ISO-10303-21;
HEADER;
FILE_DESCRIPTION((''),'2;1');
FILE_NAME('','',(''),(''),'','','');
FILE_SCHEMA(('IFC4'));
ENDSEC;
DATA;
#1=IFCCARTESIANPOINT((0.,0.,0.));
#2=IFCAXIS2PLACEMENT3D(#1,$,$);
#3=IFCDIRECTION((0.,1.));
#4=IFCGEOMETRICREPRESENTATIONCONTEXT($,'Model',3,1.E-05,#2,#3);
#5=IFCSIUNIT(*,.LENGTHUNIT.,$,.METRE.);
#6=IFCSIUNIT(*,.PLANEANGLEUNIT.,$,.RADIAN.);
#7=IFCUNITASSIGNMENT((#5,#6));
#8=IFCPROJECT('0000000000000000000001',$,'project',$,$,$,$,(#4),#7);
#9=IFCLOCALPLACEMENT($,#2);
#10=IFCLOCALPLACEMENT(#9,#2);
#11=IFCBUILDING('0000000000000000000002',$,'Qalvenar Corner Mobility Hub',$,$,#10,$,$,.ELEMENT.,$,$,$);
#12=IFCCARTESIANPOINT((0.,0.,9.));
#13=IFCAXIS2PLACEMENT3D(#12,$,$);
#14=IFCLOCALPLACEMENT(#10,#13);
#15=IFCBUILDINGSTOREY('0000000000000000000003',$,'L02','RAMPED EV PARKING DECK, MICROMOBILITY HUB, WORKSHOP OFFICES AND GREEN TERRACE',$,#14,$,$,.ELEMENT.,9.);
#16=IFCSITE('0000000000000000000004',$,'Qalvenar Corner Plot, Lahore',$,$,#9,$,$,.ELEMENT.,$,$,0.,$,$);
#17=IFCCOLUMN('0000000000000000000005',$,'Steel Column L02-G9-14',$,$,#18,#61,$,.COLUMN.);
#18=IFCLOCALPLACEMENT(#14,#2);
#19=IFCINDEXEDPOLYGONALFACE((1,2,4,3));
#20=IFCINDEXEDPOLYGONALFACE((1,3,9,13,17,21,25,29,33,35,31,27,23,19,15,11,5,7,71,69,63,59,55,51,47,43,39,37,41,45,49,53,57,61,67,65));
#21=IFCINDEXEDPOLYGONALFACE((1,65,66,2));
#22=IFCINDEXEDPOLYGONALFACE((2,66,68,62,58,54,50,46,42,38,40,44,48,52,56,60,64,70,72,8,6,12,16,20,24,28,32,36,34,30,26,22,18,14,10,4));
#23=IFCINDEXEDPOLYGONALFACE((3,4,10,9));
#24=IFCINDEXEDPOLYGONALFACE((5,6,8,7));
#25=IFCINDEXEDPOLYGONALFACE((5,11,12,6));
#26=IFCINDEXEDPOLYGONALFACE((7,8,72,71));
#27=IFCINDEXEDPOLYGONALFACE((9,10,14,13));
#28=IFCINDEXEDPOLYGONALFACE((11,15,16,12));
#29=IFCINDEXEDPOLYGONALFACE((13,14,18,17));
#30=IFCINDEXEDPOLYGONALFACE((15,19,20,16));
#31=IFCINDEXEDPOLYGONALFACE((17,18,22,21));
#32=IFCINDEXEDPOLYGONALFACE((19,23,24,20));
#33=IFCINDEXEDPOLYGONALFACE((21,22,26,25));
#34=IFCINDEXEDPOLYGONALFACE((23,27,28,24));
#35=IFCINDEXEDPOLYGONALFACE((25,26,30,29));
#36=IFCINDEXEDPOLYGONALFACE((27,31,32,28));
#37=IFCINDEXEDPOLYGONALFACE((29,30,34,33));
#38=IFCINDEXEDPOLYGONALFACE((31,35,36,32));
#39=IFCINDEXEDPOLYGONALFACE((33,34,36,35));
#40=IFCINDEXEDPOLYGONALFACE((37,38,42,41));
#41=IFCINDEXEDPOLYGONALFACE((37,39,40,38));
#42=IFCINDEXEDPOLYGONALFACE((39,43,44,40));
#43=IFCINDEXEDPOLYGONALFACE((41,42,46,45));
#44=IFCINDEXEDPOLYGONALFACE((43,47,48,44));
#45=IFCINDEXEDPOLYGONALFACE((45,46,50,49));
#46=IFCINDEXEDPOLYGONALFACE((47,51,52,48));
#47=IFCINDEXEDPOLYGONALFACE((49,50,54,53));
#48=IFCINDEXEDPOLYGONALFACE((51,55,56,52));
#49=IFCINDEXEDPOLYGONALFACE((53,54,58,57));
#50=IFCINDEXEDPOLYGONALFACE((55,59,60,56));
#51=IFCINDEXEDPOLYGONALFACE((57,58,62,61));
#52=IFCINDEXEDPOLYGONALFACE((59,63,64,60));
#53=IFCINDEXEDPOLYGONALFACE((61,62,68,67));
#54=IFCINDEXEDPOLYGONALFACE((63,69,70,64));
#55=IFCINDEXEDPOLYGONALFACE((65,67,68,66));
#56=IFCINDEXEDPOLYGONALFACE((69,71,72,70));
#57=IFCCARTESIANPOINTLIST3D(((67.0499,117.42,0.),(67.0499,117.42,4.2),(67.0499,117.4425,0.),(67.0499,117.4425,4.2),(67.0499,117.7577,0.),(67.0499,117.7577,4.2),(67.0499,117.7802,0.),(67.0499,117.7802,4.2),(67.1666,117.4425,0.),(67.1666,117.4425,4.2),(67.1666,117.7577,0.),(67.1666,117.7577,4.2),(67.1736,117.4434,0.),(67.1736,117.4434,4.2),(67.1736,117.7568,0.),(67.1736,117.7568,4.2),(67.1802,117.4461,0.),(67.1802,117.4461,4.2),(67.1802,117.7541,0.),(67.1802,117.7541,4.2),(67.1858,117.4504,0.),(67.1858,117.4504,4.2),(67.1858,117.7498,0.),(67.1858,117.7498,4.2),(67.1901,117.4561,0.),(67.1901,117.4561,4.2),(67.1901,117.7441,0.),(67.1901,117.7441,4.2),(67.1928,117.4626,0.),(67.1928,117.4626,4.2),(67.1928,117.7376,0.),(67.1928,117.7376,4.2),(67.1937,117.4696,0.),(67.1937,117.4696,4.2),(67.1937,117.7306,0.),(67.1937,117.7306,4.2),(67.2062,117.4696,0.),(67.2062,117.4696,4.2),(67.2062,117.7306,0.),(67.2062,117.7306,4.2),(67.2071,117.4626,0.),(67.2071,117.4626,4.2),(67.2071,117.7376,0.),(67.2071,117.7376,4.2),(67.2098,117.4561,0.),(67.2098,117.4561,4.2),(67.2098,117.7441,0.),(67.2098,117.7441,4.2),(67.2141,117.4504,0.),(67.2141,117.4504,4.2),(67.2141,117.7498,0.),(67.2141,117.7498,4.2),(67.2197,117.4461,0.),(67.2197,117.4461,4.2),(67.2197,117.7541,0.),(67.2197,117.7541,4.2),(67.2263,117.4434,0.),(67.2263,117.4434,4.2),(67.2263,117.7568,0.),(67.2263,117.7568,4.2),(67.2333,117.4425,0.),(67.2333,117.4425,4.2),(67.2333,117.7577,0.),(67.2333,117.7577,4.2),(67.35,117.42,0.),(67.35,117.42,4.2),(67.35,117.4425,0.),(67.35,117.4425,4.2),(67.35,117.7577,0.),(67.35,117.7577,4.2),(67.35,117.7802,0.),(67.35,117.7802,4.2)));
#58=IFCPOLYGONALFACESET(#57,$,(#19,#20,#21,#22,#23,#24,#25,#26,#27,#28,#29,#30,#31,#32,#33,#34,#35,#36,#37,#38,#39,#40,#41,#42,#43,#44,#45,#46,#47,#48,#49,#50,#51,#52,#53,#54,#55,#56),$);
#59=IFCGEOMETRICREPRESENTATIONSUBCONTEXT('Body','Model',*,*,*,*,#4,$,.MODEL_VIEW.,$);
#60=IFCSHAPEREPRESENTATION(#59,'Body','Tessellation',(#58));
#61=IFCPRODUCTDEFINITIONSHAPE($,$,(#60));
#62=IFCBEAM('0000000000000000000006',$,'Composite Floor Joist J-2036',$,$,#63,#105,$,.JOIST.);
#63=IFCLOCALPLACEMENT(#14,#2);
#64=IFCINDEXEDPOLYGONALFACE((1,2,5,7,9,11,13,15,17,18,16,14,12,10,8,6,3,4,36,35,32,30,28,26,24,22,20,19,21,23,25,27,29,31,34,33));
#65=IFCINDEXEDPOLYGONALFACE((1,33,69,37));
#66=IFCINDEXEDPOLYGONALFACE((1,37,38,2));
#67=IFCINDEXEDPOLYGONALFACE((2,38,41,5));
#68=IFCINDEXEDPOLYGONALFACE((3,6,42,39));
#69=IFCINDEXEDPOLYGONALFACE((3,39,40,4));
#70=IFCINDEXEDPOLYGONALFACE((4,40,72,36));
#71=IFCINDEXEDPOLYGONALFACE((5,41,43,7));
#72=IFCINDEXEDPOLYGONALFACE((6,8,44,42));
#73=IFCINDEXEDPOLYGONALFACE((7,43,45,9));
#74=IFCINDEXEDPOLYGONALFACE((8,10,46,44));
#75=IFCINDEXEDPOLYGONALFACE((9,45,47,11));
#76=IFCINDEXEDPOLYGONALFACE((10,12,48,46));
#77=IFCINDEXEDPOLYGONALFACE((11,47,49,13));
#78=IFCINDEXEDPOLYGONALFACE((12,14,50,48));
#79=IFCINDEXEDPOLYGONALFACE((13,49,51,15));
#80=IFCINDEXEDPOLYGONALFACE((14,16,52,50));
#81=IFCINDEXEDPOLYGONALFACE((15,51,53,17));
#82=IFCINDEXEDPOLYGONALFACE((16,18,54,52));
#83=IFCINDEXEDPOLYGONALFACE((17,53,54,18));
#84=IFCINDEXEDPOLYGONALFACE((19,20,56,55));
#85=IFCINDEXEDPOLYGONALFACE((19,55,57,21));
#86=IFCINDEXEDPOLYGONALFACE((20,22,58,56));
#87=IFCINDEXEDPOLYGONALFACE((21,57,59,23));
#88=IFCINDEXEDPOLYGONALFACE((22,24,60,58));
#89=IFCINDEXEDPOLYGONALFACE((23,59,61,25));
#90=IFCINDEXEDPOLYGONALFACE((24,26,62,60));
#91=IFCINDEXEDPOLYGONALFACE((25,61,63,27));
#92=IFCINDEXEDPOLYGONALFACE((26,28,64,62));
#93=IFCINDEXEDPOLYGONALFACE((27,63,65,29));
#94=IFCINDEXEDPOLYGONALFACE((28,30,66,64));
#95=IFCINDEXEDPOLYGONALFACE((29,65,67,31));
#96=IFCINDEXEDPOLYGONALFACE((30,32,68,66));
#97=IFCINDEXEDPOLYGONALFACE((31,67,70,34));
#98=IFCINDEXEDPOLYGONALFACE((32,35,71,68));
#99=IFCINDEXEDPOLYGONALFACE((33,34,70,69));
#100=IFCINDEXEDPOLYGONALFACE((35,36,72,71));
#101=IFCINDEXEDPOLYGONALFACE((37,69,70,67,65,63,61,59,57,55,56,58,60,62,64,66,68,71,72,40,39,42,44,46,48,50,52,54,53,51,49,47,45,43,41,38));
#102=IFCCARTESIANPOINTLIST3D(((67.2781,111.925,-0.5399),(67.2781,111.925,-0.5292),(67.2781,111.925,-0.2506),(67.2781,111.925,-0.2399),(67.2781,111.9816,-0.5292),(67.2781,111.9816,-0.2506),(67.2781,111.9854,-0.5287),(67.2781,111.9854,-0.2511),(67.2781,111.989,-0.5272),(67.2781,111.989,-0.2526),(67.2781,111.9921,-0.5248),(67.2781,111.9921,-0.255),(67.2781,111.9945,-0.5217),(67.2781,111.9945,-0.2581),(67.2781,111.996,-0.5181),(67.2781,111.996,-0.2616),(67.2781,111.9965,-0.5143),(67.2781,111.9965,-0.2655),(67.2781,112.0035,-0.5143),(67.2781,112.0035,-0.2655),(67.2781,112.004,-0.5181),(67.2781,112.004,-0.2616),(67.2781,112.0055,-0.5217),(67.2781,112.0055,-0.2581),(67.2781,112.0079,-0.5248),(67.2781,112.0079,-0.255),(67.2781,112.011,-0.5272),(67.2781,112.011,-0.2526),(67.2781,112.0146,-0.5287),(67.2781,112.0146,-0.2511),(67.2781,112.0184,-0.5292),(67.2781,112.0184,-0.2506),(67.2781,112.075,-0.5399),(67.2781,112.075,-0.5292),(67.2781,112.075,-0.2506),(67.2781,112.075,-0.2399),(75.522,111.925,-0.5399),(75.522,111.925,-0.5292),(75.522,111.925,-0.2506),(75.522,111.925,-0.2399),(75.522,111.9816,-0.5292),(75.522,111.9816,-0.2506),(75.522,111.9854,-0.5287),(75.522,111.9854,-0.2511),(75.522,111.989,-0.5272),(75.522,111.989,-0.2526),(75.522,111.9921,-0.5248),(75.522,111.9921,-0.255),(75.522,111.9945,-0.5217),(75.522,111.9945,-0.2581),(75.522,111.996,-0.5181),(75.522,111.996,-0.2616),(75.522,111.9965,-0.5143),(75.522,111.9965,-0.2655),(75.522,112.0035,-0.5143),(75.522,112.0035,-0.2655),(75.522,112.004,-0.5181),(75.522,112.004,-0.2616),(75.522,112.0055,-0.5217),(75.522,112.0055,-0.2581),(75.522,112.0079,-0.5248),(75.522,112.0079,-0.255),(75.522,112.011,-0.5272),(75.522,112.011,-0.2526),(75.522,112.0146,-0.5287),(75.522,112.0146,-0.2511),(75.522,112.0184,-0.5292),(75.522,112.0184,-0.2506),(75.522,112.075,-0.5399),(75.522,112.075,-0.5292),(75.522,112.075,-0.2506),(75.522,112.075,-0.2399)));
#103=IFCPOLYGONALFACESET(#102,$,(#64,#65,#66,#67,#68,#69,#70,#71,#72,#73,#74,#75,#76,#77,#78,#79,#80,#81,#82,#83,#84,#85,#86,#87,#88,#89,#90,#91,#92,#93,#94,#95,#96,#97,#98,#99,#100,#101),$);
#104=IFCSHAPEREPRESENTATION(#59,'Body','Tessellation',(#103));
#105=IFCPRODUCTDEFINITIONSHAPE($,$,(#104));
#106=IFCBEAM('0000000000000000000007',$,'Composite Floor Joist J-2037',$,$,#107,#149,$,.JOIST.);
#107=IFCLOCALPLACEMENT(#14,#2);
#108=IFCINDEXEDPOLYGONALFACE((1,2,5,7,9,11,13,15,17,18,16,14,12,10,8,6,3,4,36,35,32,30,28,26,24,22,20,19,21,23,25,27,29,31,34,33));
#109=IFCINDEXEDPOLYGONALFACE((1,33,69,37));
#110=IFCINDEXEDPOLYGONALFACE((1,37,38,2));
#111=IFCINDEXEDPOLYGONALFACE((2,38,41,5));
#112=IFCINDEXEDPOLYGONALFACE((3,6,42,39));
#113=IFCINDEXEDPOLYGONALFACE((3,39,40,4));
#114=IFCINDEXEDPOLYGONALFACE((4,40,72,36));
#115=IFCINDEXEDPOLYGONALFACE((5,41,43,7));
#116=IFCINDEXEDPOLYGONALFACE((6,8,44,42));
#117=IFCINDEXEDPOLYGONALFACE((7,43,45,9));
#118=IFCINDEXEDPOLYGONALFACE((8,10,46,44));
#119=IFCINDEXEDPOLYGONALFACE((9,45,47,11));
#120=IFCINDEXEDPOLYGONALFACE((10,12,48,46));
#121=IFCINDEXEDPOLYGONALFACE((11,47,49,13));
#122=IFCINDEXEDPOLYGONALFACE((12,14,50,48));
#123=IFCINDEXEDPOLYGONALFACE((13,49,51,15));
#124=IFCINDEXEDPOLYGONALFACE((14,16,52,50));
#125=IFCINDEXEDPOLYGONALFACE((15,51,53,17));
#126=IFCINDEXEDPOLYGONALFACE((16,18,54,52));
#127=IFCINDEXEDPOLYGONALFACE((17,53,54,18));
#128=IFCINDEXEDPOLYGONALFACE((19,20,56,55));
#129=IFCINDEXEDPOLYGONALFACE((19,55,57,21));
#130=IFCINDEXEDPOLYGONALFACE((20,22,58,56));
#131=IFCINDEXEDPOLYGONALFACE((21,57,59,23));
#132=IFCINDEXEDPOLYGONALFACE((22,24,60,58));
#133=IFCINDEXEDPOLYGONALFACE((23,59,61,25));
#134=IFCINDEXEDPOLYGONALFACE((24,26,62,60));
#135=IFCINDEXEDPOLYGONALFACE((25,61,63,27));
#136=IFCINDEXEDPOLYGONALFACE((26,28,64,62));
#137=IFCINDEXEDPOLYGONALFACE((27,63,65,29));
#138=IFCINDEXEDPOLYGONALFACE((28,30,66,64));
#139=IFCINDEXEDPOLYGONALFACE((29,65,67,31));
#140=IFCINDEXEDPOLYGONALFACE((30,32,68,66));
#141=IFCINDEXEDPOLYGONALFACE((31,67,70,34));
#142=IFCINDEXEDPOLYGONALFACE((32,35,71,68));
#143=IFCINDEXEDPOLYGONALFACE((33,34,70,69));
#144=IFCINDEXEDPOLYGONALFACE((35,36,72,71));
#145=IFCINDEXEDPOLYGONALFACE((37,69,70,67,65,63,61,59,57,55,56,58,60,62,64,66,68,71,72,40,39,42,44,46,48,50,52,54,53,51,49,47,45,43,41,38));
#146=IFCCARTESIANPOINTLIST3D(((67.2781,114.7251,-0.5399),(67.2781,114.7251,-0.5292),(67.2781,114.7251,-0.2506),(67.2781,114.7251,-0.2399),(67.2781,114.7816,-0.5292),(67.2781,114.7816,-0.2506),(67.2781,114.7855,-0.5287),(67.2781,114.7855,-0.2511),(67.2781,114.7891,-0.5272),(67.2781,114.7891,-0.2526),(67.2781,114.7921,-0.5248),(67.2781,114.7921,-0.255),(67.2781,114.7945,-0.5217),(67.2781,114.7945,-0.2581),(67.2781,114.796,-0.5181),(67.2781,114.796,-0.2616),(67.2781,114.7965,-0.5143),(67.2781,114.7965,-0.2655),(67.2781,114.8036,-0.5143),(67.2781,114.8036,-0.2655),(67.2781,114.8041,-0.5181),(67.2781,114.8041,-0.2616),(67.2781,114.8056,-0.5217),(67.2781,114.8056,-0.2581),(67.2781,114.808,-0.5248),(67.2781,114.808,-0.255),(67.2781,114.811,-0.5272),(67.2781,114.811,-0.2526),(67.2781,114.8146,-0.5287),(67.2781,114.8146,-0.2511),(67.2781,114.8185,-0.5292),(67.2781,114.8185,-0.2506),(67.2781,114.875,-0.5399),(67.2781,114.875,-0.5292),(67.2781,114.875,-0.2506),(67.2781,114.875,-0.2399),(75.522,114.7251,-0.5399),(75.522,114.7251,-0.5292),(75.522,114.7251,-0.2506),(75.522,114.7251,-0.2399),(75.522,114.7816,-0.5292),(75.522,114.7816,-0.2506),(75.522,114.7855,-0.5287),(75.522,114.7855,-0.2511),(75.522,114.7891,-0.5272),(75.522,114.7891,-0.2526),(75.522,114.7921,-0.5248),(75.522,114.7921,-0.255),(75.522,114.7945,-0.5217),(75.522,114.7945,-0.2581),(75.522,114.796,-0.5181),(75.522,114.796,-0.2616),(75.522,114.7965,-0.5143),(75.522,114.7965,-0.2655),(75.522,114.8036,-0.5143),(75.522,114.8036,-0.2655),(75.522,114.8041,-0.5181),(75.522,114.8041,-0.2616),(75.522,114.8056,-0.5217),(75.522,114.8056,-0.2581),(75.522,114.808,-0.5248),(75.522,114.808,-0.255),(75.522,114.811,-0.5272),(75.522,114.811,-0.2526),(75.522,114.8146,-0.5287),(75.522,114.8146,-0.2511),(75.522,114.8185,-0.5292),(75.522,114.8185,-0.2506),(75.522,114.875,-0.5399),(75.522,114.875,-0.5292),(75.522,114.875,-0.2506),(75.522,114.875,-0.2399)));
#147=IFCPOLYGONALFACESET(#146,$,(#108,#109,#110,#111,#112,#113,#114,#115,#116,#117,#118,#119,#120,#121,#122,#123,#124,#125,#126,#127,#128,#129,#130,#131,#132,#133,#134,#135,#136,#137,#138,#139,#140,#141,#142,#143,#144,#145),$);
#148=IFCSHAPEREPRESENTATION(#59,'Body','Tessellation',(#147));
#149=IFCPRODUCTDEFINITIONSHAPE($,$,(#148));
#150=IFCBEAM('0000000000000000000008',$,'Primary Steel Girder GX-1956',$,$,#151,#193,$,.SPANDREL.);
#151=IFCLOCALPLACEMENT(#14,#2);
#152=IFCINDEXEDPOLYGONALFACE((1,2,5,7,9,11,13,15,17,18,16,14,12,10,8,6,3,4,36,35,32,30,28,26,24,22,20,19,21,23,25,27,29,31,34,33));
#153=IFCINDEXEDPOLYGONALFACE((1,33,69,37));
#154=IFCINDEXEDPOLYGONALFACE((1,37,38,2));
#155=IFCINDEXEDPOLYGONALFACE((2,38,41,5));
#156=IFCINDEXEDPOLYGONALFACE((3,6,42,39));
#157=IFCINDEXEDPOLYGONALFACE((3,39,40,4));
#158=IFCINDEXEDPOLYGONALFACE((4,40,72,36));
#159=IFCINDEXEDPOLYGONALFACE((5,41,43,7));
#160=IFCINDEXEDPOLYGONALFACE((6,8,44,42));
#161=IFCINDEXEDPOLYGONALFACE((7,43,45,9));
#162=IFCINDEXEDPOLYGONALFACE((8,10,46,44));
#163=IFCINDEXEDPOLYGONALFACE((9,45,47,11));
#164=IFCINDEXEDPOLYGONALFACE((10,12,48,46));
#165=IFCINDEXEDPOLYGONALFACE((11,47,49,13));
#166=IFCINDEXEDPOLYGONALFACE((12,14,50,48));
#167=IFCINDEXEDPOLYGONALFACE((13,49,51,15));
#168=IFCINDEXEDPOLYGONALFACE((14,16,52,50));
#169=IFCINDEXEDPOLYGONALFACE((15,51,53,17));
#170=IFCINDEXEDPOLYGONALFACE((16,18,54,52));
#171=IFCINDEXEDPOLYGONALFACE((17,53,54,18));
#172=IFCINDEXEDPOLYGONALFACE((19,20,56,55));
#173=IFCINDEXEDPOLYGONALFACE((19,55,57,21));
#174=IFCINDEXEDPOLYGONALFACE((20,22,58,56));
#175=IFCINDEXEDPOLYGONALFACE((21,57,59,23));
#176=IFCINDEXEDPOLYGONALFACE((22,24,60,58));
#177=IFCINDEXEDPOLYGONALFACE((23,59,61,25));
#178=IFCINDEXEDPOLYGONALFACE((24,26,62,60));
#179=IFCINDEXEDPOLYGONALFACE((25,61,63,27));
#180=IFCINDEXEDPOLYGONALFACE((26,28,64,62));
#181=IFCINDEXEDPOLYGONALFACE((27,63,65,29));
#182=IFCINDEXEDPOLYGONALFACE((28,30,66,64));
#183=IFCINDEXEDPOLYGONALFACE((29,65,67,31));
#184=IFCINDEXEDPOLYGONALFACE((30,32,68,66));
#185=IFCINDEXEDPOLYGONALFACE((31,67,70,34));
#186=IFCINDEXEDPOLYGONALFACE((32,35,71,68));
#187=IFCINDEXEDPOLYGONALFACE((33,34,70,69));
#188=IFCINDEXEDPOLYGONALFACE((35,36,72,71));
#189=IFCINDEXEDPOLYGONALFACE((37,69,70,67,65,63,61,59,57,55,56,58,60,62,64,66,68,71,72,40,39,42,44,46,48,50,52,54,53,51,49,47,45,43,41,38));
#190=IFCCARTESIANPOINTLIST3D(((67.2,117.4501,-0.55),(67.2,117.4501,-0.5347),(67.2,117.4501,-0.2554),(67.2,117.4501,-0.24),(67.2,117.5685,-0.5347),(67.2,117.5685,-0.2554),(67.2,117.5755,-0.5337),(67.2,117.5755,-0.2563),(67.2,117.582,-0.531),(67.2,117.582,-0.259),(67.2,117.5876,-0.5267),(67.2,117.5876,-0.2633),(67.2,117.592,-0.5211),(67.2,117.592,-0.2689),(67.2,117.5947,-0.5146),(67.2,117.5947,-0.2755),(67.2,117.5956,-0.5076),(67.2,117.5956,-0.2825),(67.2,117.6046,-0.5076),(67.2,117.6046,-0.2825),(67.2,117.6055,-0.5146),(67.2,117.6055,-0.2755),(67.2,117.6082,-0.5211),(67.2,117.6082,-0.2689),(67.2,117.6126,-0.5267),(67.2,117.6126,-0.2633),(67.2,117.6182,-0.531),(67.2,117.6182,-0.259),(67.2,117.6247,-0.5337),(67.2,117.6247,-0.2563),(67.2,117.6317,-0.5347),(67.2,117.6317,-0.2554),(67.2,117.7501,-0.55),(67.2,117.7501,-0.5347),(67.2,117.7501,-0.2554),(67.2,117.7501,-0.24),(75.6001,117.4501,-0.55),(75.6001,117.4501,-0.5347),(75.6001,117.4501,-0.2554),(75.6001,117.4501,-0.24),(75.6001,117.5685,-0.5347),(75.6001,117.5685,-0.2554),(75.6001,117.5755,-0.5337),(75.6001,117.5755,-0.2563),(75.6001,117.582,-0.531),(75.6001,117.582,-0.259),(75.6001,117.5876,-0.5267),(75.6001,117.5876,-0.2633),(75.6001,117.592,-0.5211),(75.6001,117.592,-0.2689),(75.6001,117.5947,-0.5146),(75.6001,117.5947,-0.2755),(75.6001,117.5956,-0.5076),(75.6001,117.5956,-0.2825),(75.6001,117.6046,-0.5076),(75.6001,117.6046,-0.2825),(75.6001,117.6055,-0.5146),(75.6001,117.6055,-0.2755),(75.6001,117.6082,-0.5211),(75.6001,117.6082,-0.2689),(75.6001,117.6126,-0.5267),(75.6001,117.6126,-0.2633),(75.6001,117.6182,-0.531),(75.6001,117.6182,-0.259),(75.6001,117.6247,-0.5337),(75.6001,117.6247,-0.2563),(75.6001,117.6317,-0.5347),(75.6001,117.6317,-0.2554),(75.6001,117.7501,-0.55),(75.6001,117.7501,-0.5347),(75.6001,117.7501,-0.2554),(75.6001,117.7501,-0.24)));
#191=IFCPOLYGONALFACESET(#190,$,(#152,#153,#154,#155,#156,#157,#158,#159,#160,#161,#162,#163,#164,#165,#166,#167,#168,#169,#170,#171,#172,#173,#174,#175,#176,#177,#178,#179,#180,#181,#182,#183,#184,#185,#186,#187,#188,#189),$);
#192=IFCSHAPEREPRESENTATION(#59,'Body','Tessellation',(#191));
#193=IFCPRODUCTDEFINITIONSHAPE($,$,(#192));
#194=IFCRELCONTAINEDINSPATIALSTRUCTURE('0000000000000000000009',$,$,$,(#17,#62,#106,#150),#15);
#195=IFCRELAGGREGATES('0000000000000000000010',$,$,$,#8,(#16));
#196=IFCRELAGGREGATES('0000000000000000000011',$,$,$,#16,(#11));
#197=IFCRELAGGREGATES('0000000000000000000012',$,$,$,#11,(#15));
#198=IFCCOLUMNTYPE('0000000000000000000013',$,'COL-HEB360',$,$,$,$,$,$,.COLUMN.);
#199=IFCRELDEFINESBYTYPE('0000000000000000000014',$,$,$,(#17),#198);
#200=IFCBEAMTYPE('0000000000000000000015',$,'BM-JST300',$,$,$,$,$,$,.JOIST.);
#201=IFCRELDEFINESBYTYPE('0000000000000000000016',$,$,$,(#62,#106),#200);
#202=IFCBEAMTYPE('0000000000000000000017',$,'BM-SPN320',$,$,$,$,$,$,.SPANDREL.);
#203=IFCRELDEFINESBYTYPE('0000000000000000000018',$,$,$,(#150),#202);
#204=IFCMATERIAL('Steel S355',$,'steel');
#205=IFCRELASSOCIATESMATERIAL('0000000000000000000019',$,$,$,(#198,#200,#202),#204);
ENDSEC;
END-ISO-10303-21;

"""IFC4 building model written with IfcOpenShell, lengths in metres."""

from ifc_helpers import new_model, si_unit, direction, frame, origin, origin_2d, place, context, subcontext, project, spatial, i_section, extrude, material, material_profile, profile_set, type_object, element, save


model = new_model("IFC4")

# Units and contexts
model_context = context("Model", 3, precision=1e-05, world=origin(), true_north=direction((0.0, 1.0)))
body_context = subcontext(model_context, "Body", "Model", "MODEL_VIEW")
ifc_project = project(units=[si_unit("LENGTHUNIT", "METRE"), si_unit("PLANEANGLEUNIT", "RADIAN")], contexts=[model_context])

# Site, building, storey
site_placement = place(None, origin())
site = spatial("IfcSite", under=ifc_project, at=site_placement, Name="Qalvenar Corner Plot, Lahore", CompositionType="ELEMENT", RefElevation=0.0)
building_placement = place(site_placement, origin())
building = spatial("IfcBuilding", under=site, at=building_placement, Name="Qalvenar Corner Mobility Hub", CompositionType="ELEMENT")
storey_placement = place(building_placement, frame((0.0, 0.0, 9.0)))
storey = spatial("IfcBuildingStorey", under=building, at=storey_placement, Name="L02", Description="RAMPED EV PARKING DECK, MICROMOBILITY HUB, WORKSHOP OFFICES AND GREEN TERRACE", CompositionType="ELEMENT", Elevation=9.0)

# Column
ifc_material_1 = material(Name="Steel S355", Category="steel")
ifc_material_profile_1 = material_profile(ifc_material_1, i_section(OverallWidth=0.3, OverallDepth=0.3601, WebThickness=0.0125, FlangeThickness=0.0225, FilletRadius=0.0271, at=origin_2d()), Name="HEB360")
ifc_profile_set_1 = profile_set([ifc_material_profile_1], Name="Steel S355")
column_type = type_object("IfcColumnType", Name="COL-HEB360", PredefinedType="COLUMN", material=ifc_profile_set_1)
column_placement = place(storey_placement, frame((67.2, 117.6001, 0.0), z_axis=(0.0, 0.0, 1.0), x_axis=(1.0, 0.0, 0.0)))
element("IfcColumn", 1, at=column_placement, inside=storey, type_object=column_type, Name="Steel Column L02-G9-14", PredefinedType="COLUMN", context=body_context, shape_type="SweptSolid", body=[
    extrude(i_section(OverallWidth=0.3, OverallDepth=0.3601, WebThickness=0.0125, FlangeThickness=0.0225, FilletRadius=0.0271, at=origin_2d()), origin(), (0.0, 0.0, 1.0), 4.2),
])

# Beams
ifc_material_profile_2 = material_profile(ifc_material_1, i_section(OverallWidth=0.1499, OverallDepth=0.3, WebThickness=0.0071, FlangeThickness=0.0107, FilletRadius=0.0149, at=origin_2d()), Name="IPE300")
ifc_profile_set_2 = profile_set([ifc_material_profile_2], Name="Steel S355")
beam_type_1 = type_object("IfcBeamType", Name="BM-JST300", PredefinedType="JOIST", material=ifc_profile_set_2)
for number, where, z_axis, x_axis, name in (
    (2, (67.2781, 112.0, -0.3899), (1.0, 0.0, 0.0), (0.0, 1.0, 0.0), "Composite Floor Joist J-2036"),
    (3, (67.2781, 114.8, -0.3899), (1.0, 0.0, 0.0), (0.0, 1.0, 0.0), "Composite Floor Joist J-2037"),
):
    element("IfcBeam", number, at=place(storey_placement, frame(where, z_axis=z_axis, x_axis=x_axis)), inside=storey, type_object=beam_type_1, Name=name, PredefinedType="JOIST", context=body_context, shape_type="SweptSolid", body=[
        extrude(i_section(OverallWidth=0.1499, OverallDepth=0.3, WebThickness=0.0071, FlangeThickness=0.0107, FilletRadius=0.0149, at=origin_2d()), origin(), (0.0, 0.0, 1.0), 8.2439),
    ])
ifc_material_profile_3 = material_profile(ifc_material_1, i_section(OverallWidth=0.3, OverallDepth=0.3101, WebThickness=0.009, FlangeThickness=0.0154, FilletRadius=0.0271, at=origin_2d()), Name="HEA320")
ifc_profile_set_3 = profile_set([ifc_material_profile_3], Name="Steel S355")
beam_type_2 = type_object("IfcBeamType", Name="BM-SPN320", PredefinedType="SPANDREL", material=ifc_profile_set_3)
beam_placement = place(storey_placement, frame((67.2, 117.6001, -0.395), z_axis=(1.0, 0.0, 0.0), x_axis=(0.0, 1.0, 0.0)))
element("IfcBeam", 4, at=beam_placement, inside=storey, type_object=beam_type_2, Name="Primary Steel Girder GX-1956", PredefinedType="SPANDREL", context=body_context, shape_type="SweptSolid", body=[
    extrude(i_section(OverallWidth=0.3, OverallDepth=0.3101, WebThickness=0.009, FlangeThickness=0.0154, FilletRadius=0.0271, at=origin_2d()), origin(), (0.0, 0.0, 1.0), 8.4001),
])

save(model, "model.ifc")
